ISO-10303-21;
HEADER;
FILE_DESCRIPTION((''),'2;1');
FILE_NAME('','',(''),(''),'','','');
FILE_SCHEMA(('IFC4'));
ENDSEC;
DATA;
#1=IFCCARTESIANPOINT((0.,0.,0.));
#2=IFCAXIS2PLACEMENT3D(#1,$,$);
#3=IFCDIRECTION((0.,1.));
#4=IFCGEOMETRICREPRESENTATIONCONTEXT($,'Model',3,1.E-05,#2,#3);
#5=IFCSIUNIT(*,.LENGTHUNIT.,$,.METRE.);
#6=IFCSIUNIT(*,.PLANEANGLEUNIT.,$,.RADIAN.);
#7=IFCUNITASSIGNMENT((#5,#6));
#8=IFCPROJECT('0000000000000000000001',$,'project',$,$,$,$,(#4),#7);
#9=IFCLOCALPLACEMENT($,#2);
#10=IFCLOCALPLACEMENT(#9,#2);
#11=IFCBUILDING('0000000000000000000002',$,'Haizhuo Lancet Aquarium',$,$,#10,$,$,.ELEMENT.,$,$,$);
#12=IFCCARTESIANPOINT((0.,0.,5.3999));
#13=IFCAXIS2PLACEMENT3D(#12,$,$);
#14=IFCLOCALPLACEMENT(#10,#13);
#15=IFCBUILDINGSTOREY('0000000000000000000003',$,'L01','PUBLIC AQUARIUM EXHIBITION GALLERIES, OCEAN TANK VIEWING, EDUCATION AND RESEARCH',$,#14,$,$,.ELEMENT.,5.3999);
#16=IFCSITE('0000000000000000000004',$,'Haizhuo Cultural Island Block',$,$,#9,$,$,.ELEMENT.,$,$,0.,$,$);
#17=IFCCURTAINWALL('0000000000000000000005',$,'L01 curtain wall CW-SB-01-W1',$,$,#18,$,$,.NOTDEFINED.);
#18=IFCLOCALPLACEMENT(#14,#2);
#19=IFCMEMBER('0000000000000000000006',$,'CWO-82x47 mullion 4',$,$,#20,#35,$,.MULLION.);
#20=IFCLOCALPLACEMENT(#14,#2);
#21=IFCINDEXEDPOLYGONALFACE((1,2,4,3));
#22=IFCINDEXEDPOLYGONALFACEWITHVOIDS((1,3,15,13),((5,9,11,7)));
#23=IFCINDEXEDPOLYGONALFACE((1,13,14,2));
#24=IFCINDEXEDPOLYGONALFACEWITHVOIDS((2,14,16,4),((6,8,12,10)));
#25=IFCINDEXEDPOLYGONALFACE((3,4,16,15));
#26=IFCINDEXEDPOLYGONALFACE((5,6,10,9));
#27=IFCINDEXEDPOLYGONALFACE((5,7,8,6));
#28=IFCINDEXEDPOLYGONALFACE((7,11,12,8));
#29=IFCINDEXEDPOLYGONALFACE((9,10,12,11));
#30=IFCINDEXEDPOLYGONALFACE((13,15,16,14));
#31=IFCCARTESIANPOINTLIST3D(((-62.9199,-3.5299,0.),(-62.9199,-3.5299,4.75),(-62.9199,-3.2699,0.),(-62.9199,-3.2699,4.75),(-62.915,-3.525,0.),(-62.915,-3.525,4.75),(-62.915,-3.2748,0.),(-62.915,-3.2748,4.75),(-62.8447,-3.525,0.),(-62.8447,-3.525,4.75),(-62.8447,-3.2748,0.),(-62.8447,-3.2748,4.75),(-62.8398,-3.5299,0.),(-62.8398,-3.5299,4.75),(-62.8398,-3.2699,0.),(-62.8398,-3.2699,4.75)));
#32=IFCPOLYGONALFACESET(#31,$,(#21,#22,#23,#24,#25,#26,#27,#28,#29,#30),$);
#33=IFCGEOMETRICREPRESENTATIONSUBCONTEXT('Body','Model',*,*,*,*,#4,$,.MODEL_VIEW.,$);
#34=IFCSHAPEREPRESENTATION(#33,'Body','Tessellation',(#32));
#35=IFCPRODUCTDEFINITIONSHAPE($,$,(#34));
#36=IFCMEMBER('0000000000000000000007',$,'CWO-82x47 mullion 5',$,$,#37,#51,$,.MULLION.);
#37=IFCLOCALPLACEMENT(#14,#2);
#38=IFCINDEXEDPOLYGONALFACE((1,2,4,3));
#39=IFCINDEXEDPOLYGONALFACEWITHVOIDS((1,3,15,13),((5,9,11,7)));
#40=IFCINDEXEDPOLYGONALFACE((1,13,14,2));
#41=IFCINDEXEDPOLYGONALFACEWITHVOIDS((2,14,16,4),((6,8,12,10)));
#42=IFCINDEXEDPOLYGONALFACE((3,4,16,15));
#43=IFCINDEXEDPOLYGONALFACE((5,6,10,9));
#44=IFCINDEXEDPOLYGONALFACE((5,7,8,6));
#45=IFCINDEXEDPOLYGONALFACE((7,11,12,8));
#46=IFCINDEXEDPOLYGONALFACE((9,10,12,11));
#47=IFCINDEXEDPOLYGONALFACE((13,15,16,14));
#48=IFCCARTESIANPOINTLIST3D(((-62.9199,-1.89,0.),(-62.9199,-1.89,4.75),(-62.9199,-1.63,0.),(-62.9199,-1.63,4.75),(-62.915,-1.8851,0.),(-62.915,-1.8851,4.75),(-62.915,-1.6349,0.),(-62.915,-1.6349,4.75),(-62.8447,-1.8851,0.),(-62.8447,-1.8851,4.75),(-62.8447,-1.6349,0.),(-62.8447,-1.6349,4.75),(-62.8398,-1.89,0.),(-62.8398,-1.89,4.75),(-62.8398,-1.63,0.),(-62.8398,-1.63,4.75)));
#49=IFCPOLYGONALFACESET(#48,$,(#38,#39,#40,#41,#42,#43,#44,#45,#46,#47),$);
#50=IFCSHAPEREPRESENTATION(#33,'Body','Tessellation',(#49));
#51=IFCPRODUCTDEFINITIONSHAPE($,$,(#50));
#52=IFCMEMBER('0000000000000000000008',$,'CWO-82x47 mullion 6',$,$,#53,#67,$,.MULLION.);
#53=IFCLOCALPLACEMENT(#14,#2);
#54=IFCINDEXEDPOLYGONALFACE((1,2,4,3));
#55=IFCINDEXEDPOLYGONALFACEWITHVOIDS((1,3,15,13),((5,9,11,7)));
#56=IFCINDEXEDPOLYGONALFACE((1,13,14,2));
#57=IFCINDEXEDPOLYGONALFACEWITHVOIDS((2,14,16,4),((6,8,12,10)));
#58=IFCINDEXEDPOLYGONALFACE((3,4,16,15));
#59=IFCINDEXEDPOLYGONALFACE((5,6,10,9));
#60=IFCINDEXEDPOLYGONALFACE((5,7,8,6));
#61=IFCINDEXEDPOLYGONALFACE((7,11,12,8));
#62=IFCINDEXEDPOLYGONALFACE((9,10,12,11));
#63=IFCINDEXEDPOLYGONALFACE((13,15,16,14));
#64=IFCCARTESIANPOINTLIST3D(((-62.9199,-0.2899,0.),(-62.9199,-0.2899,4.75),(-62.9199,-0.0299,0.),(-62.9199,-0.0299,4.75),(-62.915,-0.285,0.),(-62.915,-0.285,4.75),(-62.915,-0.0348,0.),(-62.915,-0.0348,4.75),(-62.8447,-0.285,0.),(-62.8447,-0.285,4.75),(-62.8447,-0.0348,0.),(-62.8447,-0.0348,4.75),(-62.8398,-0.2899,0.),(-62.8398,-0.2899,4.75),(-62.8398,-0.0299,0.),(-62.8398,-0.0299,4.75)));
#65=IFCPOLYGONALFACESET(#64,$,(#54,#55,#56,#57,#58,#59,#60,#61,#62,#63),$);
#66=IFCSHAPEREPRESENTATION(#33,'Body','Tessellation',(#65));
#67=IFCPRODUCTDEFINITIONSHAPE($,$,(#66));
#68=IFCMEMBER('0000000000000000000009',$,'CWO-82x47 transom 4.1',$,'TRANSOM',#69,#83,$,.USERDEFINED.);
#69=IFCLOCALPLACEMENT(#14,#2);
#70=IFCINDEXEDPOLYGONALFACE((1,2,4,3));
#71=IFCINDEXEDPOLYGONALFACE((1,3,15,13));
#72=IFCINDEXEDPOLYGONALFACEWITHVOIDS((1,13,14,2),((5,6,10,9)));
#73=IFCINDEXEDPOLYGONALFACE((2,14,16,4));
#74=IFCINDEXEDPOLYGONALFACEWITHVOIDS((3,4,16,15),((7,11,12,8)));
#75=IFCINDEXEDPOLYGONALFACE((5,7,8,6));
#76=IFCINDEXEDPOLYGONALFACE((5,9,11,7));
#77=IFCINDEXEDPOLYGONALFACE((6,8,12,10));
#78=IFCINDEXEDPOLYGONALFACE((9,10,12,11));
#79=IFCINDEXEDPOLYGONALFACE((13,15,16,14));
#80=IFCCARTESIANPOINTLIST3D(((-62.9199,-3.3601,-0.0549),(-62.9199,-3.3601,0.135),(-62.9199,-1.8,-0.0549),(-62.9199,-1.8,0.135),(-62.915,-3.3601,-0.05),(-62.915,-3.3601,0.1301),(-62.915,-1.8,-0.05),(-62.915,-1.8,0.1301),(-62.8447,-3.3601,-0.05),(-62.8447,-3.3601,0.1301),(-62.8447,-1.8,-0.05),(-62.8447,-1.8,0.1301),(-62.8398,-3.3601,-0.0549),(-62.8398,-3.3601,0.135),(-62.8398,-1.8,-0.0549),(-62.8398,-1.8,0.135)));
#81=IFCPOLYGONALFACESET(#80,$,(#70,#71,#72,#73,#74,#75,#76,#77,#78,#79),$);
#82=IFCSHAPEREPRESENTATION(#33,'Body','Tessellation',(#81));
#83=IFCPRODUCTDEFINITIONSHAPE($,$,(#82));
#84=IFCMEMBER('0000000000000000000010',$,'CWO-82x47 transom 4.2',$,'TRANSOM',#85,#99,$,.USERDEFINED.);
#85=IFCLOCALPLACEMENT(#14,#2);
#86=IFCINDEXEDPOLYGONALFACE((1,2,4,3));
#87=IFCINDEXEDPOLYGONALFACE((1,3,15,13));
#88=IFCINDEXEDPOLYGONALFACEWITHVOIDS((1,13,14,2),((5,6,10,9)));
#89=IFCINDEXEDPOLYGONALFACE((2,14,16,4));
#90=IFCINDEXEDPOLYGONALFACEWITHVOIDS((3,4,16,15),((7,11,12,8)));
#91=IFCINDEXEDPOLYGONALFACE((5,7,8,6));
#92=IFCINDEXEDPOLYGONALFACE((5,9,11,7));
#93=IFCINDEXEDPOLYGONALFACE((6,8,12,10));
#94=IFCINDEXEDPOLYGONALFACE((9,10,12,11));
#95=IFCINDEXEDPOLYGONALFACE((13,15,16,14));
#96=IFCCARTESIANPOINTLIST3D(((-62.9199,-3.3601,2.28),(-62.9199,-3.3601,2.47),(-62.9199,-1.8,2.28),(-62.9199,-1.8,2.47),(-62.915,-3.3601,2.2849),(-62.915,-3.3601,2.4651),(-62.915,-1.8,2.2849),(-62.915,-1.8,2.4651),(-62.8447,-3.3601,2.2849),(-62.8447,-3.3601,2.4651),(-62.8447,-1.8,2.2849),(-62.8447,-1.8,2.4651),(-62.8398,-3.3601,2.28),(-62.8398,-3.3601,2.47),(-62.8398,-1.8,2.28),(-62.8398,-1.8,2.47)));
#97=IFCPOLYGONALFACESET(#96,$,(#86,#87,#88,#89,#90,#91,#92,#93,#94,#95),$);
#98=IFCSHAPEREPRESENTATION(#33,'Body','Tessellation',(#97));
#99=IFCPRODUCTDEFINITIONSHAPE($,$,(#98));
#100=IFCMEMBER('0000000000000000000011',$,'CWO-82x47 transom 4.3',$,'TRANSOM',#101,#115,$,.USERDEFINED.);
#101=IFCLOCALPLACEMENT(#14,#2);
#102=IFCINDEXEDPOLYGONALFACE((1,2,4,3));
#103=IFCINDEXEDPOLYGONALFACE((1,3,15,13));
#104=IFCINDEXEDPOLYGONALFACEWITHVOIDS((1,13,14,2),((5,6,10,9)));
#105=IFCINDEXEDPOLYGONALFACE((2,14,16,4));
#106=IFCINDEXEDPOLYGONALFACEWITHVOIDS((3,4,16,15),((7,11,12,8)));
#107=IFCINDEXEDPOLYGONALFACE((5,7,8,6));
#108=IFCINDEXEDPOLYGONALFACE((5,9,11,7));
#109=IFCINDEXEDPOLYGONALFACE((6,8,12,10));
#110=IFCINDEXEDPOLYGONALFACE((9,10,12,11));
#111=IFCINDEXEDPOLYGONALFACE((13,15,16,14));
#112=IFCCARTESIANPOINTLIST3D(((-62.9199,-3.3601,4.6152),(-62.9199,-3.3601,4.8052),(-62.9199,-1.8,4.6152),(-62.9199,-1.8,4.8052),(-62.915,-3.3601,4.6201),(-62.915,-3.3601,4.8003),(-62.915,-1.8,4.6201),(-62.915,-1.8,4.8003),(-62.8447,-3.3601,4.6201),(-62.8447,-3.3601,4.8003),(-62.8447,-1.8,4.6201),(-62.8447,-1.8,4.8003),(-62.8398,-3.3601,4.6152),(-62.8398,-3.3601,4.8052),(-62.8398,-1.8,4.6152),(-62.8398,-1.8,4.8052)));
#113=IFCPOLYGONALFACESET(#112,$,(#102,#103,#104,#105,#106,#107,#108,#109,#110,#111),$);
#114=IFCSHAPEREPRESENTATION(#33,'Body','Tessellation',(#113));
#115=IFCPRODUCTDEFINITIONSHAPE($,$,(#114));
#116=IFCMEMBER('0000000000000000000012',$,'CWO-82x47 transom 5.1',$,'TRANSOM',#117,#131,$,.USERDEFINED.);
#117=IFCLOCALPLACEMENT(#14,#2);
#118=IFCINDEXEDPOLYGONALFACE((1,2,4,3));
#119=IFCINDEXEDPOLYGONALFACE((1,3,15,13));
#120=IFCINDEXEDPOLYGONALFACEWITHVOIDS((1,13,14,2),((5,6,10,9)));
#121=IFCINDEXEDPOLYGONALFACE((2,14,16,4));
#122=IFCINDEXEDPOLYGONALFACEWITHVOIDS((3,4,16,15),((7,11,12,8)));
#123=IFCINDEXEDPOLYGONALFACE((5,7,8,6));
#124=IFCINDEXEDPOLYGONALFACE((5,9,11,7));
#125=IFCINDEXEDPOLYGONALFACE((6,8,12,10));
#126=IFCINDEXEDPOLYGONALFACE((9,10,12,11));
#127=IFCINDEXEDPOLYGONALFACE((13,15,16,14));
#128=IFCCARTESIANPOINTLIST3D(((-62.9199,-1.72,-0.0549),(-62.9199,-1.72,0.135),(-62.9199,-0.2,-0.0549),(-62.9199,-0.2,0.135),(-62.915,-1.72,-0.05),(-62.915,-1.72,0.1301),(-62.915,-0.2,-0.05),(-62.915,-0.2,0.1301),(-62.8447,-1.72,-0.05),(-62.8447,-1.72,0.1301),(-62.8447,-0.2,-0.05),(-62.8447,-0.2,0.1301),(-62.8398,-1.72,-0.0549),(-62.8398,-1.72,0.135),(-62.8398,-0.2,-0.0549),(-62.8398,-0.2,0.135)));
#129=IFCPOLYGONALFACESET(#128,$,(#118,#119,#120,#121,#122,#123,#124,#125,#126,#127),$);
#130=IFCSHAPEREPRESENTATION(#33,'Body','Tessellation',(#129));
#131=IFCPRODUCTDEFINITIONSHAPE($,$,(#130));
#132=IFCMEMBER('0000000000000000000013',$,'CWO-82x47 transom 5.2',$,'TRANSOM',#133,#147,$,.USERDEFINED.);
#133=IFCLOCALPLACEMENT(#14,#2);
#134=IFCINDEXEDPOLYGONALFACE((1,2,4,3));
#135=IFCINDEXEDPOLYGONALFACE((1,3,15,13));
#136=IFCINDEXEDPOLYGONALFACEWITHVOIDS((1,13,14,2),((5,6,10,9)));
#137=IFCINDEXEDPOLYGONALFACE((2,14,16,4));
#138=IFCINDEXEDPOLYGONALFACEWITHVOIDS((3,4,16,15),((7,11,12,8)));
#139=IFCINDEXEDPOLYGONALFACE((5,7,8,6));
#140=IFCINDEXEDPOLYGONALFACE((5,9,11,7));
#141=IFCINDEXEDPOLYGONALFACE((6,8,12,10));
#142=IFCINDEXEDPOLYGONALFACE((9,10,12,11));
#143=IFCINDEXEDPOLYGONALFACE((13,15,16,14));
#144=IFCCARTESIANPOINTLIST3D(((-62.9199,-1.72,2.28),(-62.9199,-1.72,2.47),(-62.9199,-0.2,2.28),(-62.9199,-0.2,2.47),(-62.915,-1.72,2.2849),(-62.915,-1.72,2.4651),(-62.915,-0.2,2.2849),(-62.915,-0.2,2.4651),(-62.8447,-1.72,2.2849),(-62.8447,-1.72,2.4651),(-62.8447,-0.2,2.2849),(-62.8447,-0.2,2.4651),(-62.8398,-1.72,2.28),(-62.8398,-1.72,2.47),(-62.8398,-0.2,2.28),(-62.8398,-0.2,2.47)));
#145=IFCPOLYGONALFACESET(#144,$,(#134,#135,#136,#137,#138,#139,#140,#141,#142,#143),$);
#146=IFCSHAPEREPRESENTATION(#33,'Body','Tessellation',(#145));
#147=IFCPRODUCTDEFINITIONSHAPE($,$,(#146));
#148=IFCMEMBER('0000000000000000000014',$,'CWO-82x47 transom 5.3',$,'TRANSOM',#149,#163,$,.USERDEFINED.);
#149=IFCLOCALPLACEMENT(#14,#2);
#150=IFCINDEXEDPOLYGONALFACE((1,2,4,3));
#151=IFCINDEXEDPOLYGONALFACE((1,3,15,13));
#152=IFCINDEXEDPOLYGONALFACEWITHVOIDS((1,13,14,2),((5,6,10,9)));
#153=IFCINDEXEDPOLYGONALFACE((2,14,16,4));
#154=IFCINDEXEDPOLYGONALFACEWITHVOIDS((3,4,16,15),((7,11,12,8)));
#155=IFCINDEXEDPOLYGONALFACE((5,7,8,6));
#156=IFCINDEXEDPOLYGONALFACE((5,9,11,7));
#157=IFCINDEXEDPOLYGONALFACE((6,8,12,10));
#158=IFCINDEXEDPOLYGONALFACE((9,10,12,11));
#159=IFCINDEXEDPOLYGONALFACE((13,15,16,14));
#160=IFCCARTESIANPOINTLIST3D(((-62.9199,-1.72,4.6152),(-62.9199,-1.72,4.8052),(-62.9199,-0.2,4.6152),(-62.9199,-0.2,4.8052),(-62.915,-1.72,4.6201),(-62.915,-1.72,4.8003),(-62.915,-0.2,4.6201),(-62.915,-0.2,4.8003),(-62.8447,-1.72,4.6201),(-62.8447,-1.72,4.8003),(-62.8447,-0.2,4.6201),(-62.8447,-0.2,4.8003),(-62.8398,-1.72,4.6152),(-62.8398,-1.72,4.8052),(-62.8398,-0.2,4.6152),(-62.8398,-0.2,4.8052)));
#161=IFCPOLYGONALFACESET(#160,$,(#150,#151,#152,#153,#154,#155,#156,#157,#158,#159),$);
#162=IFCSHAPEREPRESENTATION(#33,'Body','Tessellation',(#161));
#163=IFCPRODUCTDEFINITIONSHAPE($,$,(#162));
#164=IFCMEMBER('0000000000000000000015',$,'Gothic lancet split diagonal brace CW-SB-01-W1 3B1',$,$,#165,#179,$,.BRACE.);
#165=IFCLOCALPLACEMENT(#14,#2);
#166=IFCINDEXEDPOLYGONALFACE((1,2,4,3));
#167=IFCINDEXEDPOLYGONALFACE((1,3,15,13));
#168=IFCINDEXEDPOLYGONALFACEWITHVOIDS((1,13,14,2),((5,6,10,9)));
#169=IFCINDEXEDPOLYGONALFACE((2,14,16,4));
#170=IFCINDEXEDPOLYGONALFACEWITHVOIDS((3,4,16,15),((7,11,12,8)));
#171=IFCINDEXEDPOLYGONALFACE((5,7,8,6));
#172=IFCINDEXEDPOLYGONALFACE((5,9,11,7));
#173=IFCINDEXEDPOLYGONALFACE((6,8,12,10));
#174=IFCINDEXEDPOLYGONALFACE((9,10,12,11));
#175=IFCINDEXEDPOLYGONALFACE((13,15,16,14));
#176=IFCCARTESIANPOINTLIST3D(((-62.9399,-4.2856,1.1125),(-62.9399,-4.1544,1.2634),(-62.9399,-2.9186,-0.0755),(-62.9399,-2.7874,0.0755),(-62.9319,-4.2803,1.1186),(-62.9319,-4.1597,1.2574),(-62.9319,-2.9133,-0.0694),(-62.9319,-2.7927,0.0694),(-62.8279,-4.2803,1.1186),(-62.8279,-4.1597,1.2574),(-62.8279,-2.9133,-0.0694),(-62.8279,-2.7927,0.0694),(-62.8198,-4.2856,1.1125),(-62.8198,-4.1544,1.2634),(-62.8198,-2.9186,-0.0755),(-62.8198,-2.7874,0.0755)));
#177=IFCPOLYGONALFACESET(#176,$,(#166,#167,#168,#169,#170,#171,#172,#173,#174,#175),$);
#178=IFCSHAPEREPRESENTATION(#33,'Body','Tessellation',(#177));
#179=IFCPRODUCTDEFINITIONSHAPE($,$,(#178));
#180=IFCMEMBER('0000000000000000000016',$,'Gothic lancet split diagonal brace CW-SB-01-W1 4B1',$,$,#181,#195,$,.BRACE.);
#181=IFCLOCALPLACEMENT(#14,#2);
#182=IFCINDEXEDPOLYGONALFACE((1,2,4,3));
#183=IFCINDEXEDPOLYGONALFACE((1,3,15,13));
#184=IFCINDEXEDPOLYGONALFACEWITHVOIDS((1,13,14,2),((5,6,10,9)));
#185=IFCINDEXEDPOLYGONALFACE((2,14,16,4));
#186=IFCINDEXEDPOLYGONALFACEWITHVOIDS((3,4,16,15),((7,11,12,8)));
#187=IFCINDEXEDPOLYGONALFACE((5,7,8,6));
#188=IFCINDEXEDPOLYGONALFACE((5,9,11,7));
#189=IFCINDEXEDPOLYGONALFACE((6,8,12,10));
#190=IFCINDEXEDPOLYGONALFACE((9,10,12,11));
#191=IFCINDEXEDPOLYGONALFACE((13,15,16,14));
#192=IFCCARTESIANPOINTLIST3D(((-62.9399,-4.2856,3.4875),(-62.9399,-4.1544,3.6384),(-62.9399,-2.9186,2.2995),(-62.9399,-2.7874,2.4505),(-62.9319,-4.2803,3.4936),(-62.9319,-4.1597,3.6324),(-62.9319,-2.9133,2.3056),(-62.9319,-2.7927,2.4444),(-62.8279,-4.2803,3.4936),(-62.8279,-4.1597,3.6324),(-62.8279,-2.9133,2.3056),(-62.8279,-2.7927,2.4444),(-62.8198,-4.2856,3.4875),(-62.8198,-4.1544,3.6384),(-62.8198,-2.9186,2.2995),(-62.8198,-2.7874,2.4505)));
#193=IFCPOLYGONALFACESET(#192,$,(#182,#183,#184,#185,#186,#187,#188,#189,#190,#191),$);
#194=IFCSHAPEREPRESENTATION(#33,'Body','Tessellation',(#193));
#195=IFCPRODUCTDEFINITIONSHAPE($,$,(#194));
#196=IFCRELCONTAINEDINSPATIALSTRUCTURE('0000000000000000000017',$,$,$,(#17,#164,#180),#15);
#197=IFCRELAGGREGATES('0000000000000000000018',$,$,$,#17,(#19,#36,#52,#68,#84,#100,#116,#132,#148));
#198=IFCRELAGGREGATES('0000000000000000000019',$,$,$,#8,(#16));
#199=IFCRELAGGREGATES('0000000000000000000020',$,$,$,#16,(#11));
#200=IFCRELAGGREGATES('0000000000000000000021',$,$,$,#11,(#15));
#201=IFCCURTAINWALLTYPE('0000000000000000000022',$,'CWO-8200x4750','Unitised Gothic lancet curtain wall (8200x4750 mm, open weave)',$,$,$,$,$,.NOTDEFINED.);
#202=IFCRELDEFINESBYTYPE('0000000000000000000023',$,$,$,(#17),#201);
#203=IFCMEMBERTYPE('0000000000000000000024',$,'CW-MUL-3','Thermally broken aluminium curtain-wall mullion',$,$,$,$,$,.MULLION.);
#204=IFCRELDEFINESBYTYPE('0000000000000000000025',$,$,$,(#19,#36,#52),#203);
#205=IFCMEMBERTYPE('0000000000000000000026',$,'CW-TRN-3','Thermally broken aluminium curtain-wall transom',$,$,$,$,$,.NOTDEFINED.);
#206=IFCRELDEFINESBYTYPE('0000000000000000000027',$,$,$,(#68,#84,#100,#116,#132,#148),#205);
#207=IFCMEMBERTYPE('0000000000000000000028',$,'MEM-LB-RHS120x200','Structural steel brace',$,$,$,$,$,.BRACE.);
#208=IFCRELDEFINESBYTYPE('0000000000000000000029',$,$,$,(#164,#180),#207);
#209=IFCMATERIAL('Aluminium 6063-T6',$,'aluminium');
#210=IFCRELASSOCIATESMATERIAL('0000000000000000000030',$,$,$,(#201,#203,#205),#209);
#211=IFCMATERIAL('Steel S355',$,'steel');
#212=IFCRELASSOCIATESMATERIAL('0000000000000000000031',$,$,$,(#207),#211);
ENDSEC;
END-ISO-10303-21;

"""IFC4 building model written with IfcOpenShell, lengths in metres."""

from ifc_helpers import new_model, si_unit, direction, frame, origin, origin_2d, place, context, subcontext, project, spatial, hollow_rectangle, extrude, material, material_profile, profile_set, type_object, element, aggregate, save


model = new_model("IFC4")

# Units and contexts
model_context = context("Model", 3, precision=1e-05, world=origin(), true_north=direction((0.0, 1.0)))
body_context = subcontext(model_context, "Body", "Model", "MODEL_VIEW")
ifc_project = project(units=[si_unit("LENGTHUNIT", "METRE"), si_unit("PLANEANGLEUNIT", "RADIAN")], contexts=[model_context])

# Site, building, storey
site_placement = place(None, origin())
site = spatial("IfcSite", under=ifc_project, at=site_placement, Name="Haizhuo Cultural Island Block", CompositionType="ELEMENT", RefElevation=0.0)
building_placement = place(site_placement, origin())
building = spatial("IfcBuilding", under=site, at=building_placement, Name="Haizhuo Lancet Aquarium", CompositionType="ELEMENT")
storey_placement = place(building_placement, frame((0.0, 0.0, 5.3999)))
storey = spatial("IfcBuildingStorey", under=building, at=storey_placement, Name="L01", Description="PUBLIC AQUARIUM EXHIBITION GALLERIES, OCEAN TANK VIEWING, EDUCATION AND RESEARCH", CompositionType="ELEMENT", Elevation=5.3999)

# Curtain wall, members
ifc_material_1 = material(Name="Aluminium 6063-T6", Category="aluminium")
curtain_wall_type = type_object("IfcCurtainWallType", Name="CWO-8200x4750", Description="Unitised Gothic lancet curtain wall (8200x4750 mm, open weave)", PredefinedType="NOTDEFINED", material=ifc_material_1)
curtain_wall_placement = place(storey_placement, origin())
curtain_wall = element("IfcCurtainWall", 1, at=curtain_wall_placement, inside=storey, type_object=curtain_wall_type, Name="L01 curtain wall CW-SB-01-W1", PredefinedType="NOTDEFINED")
ifc_material_profile_1 = material_profile(ifc_material_1, hollow_rectangle(XDim=0.0801, YDim=0.26, WallThickness=0.0049, at=origin_2d()), Name="ALU-M 80x260x5")
ifc_profile_set_1 = profile_set([ifc_material_profile_1], Name="Aluminium 6063-T6")
member_type_1 = type_object("IfcMemberType", Name="CW-MUL-3", Description="Thermally broken aluminium curtain-wall mullion", PredefinedType="MULLION", material=ifc_profile_set_1)
member_1_placement = place(storey_placement, frame((-62.8799, -3.3999, 0.0), z_axis=(0.0, 0.0, 1.0), x_axis=(-1.0, 0.0, 0.0)))
member_1 = element("IfcMember", 2, at=member_1_placement, type_object=member_type_1, Name="CWO-82x47 mullion 4", PredefinedType="MULLION", context=body_context, shape_type="SweptSolid", body=[
    extrude(hollow_rectangle(XDim=0.0801, YDim=0.26, WallThickness=0.0049, at=origin_2d()), origin(), (0.0, 0.0, 1.0), 4.75),
])
member_2_placement = place(storey_placement, frame((-62.8799, -1.76, 0.0), z_axis=(0.0, 0.0, 1.0), x_axis=(-1.0, 0.0, 0.0)))
member_2 = element("IfcMember", 3, at=member_2_placement, type_object=member_type_1, Name="CWO-82x47 mullion 5", PredefinedType="MULLION", context=body_context, shape_type="SweptSolid", body=[
    extrude(hollow_rectangle(XDim=0.0801, YDim=0.26, WallThickness=0.0049, at=origin_2d()), origin(), (0.0, 0.0, 1.0), 4.75),
])
member_3_placement = place(storey_placement, frame((-62.8799, -0.1599, 0.0), z_axis=(0.0, 0.0, 1.0), x_axis=(-1.0, 0.0, 0.0)))
member_3 = element("IfcMember", 4, at=member_3_placement, type_object=member_type_1, Name="CWO-82x47 mullion 6", PredefinedType="MULLION", context=body_context, shape_type="SweptSolid", body=[
    extrude(hollow_rectangle(XDim=0.0801, YDim=0.26, WallThickness=0.0049, at=origin_2d()), origin(), (0.0, 0.0, 1.0), 4.75),
])
ifc_material_profile_2 = material_profile(ifc_material_1, hollow_rectangle(XDim=0.0801, YDim=0.1899, WallThickness=0.0049, at=origin_2d()), Name="ALU-T 80x190x5")
ifc_profile_set_2 = profile_set([ifc_material_profile_2], Name="Aluminium 6063-T6")
member_type_2 = type_object("IfcMemberType", Name="CW-TRN-3", Description="Thermally broken aluminium curtain-wall transom", PredefinedType="NOTDEFINED", material=ifc_profile_set_2)
member_4_placement = place(storey_placement, frame((-62.8799, -3.3601, 0.04), z_axis=(0.0, 1.0, 0.0), x_axis=(-1.0, 0.0, 0.0)))
member_4 = element("IfcMember", 5, at=member_4_placement, type_object=member_type_2, Name="CWO-82x47 transom 4.1", ObjectType="TRANSOM", PredefinedType="USERDEFINED", context=body_context, shape_type="SweptSolid", body=[
    extrude(hollow_rectangle(XDim=0.0801, YDim=0.1899, WallThickness=0.0049, at=origin_2d()), origin(), (0.0, 0.0, 1.0), 1.5601),
])
member_5_placement = place(storey_placement, frame((-62.8799, -3.3601, 2.375), z_axis=(0.0, 1.0, 0.0), x_axis=(-1.0, 0.0, 0.0)))
member_5 = element("IfcMember", 6, at=member_5_placement, type_object=member_type_2, Name="CWO-82x47 transom 4.2", ObjectType="TRANSOM", PredefinedType="USERDEFINED", context=body_context, shape_type="SweptSolid", body=[
    extrude(hollow_rectangle(XDim=0.0801, YDim=0.1899, WallThickness=0.0049, at=origin_2d()), origin(), (0.0, 0.0, 1.0), 1.5601),
])
member_6_placement = place(storey_placement, frame((-62.8799, -3.3601, 4.7102), z_axis=(0.0, 1.0, 0.0), x_axis=(-1.0, 0.0, 0.0)))
member_6 = element("IfcMember", 7, at=member_6_placement, type_object=member_type_2, Name="CWO-82x47 transom 4.3", ObjectType="TRANSOM", PredefinedType="USERDEFINED", context=body_context, shape_type="SweptSolid", body=[
    extrude(hollow_rectangle(XDim=0.0801, YDim=0.1899, WallThickness=0.0049, at=origin_2d()), origin(), (0.0, 0.0, 1.0), 1.5601),
])
member_7_placement = place(storey_placement, frame((-62.8799, -1.72, 0.04), z_axis=(0.0, 1.0, 0.0), x_axis=(-1.0, 0.0, 0.0)))
member_7 = element("IfcMember", 8, at=member_7_placement, type_object=member_type_2, Name="CWO-82x47 transom 5.1", ObjectType="TRANSOM", PredefinedType="USERDEFINED", context=body_context, shape_type="SweptSolid", body=[
    extrude(hollow_rectangle(XDim=0.0801, YDim=0.1899, WallThickness=0.0049, at=origin_2d()), origin(), (0.0, 0.0, 1.0), 1.52),
])
member_8_placement = place(storey_placement, frame((-62.8799, -1.72, 2.375), z_axis=(0.0, 1.0, 0.0), x_axis=(-1.0, 0.0, 0.0)))
member_8 = element("IfcMember", 9, at=member_8_placement, type_object=member_type_2, Name="CWO-82x47 transom 5.2", ObjectType="TRANSOM", PredefinedType="USERDEFINED", context=body_context, shape_type="SweptSolid", body=[
    extrude(hollow_rectangle(XDim=0.0801, YDim=0.1899, WallThickness=0.0049, at=origin_2d()), origin(), (0.0, 0.0, 1.0), 1.52),
])
member_9_placement = place(storey_placement, frame((-62.8799, -1.72, 4.7102), z_axis=(0.0, 1.0, 0.0), x_axis=(-1.0, 0.0, 0.0)))
member_9 = element("IfcMember", 10, at=member_9_placement, type_object=member_type_2, Name="CWO-82x47 transom 5.3", ObjectType="TRANSOM", PredefinedType="USERDEFINED", context=body_context, shape_type="SweptSolid", body=[
    extrude(hollow_rectangle(XDim=0.0801, YDim=0.1899, WallThickness=0.0049, at=origin_2d()), origin(), (0.0, 0.0, 1.0), 1.52),
])

# Members
ifc_material_2 = material(Name="Steel S355", Category="steel")
ifc_material_profile_3 = material_profile(ifc_material_2, hollow_rectangle(XDim=0.1201, YDim=0.2, WallThickness=0.0081, at=origin_2d()), Name="RHS 120x200x8")
ifc_profile_set_3 = profile_set([ifc_material_profile_3], Name="Steel S355")
member_type_3 = type_object("IfcMemberType", Name="MEM-LB-RHS120x200", Description="Structural steel brace", PredefinedType="BRACE", material=ifc_profile_set_3)
for number, where, z_axis, x_axis, name in (
    (11, (-62.8799, -2.853, 0.0), (0.0, -0.754785, 0.655972), (1.0, 0.0, 0.0), "Gothic lancet split diagonal brace CW-SB-01-W1 3B1"),
    (12, (-62.8799, -2.853, 2.375), (0.0, -0.754785, 0.655972), (1.0, 0.0, 0.0), "Gothic lancet split diagonal brace CW-SB-01-W1 4B1"),
):
    element("IfcMember", number, at=place(storey_placement, frame(where, z_axis=z_axis, x_axis=x_axis)), inside=storey, type_object=member_type_3, Name=name, PredefinedType="BRACE", context=body_context, shape_type="SweptSolid", body=[
        extrude(hollow_rectangle(XDim=0.1201, YDim=0.2, WallThickness=0.0081, at=origin_2d()), origin(), (0.0, 0.0, 1.0), 1.811),
    ])

aggregate(curtain_wall, [member_1, member_2, member_3, member_4, member_5, member_6, member_7, member_8, member_9])

save(model, "model.ifc")
